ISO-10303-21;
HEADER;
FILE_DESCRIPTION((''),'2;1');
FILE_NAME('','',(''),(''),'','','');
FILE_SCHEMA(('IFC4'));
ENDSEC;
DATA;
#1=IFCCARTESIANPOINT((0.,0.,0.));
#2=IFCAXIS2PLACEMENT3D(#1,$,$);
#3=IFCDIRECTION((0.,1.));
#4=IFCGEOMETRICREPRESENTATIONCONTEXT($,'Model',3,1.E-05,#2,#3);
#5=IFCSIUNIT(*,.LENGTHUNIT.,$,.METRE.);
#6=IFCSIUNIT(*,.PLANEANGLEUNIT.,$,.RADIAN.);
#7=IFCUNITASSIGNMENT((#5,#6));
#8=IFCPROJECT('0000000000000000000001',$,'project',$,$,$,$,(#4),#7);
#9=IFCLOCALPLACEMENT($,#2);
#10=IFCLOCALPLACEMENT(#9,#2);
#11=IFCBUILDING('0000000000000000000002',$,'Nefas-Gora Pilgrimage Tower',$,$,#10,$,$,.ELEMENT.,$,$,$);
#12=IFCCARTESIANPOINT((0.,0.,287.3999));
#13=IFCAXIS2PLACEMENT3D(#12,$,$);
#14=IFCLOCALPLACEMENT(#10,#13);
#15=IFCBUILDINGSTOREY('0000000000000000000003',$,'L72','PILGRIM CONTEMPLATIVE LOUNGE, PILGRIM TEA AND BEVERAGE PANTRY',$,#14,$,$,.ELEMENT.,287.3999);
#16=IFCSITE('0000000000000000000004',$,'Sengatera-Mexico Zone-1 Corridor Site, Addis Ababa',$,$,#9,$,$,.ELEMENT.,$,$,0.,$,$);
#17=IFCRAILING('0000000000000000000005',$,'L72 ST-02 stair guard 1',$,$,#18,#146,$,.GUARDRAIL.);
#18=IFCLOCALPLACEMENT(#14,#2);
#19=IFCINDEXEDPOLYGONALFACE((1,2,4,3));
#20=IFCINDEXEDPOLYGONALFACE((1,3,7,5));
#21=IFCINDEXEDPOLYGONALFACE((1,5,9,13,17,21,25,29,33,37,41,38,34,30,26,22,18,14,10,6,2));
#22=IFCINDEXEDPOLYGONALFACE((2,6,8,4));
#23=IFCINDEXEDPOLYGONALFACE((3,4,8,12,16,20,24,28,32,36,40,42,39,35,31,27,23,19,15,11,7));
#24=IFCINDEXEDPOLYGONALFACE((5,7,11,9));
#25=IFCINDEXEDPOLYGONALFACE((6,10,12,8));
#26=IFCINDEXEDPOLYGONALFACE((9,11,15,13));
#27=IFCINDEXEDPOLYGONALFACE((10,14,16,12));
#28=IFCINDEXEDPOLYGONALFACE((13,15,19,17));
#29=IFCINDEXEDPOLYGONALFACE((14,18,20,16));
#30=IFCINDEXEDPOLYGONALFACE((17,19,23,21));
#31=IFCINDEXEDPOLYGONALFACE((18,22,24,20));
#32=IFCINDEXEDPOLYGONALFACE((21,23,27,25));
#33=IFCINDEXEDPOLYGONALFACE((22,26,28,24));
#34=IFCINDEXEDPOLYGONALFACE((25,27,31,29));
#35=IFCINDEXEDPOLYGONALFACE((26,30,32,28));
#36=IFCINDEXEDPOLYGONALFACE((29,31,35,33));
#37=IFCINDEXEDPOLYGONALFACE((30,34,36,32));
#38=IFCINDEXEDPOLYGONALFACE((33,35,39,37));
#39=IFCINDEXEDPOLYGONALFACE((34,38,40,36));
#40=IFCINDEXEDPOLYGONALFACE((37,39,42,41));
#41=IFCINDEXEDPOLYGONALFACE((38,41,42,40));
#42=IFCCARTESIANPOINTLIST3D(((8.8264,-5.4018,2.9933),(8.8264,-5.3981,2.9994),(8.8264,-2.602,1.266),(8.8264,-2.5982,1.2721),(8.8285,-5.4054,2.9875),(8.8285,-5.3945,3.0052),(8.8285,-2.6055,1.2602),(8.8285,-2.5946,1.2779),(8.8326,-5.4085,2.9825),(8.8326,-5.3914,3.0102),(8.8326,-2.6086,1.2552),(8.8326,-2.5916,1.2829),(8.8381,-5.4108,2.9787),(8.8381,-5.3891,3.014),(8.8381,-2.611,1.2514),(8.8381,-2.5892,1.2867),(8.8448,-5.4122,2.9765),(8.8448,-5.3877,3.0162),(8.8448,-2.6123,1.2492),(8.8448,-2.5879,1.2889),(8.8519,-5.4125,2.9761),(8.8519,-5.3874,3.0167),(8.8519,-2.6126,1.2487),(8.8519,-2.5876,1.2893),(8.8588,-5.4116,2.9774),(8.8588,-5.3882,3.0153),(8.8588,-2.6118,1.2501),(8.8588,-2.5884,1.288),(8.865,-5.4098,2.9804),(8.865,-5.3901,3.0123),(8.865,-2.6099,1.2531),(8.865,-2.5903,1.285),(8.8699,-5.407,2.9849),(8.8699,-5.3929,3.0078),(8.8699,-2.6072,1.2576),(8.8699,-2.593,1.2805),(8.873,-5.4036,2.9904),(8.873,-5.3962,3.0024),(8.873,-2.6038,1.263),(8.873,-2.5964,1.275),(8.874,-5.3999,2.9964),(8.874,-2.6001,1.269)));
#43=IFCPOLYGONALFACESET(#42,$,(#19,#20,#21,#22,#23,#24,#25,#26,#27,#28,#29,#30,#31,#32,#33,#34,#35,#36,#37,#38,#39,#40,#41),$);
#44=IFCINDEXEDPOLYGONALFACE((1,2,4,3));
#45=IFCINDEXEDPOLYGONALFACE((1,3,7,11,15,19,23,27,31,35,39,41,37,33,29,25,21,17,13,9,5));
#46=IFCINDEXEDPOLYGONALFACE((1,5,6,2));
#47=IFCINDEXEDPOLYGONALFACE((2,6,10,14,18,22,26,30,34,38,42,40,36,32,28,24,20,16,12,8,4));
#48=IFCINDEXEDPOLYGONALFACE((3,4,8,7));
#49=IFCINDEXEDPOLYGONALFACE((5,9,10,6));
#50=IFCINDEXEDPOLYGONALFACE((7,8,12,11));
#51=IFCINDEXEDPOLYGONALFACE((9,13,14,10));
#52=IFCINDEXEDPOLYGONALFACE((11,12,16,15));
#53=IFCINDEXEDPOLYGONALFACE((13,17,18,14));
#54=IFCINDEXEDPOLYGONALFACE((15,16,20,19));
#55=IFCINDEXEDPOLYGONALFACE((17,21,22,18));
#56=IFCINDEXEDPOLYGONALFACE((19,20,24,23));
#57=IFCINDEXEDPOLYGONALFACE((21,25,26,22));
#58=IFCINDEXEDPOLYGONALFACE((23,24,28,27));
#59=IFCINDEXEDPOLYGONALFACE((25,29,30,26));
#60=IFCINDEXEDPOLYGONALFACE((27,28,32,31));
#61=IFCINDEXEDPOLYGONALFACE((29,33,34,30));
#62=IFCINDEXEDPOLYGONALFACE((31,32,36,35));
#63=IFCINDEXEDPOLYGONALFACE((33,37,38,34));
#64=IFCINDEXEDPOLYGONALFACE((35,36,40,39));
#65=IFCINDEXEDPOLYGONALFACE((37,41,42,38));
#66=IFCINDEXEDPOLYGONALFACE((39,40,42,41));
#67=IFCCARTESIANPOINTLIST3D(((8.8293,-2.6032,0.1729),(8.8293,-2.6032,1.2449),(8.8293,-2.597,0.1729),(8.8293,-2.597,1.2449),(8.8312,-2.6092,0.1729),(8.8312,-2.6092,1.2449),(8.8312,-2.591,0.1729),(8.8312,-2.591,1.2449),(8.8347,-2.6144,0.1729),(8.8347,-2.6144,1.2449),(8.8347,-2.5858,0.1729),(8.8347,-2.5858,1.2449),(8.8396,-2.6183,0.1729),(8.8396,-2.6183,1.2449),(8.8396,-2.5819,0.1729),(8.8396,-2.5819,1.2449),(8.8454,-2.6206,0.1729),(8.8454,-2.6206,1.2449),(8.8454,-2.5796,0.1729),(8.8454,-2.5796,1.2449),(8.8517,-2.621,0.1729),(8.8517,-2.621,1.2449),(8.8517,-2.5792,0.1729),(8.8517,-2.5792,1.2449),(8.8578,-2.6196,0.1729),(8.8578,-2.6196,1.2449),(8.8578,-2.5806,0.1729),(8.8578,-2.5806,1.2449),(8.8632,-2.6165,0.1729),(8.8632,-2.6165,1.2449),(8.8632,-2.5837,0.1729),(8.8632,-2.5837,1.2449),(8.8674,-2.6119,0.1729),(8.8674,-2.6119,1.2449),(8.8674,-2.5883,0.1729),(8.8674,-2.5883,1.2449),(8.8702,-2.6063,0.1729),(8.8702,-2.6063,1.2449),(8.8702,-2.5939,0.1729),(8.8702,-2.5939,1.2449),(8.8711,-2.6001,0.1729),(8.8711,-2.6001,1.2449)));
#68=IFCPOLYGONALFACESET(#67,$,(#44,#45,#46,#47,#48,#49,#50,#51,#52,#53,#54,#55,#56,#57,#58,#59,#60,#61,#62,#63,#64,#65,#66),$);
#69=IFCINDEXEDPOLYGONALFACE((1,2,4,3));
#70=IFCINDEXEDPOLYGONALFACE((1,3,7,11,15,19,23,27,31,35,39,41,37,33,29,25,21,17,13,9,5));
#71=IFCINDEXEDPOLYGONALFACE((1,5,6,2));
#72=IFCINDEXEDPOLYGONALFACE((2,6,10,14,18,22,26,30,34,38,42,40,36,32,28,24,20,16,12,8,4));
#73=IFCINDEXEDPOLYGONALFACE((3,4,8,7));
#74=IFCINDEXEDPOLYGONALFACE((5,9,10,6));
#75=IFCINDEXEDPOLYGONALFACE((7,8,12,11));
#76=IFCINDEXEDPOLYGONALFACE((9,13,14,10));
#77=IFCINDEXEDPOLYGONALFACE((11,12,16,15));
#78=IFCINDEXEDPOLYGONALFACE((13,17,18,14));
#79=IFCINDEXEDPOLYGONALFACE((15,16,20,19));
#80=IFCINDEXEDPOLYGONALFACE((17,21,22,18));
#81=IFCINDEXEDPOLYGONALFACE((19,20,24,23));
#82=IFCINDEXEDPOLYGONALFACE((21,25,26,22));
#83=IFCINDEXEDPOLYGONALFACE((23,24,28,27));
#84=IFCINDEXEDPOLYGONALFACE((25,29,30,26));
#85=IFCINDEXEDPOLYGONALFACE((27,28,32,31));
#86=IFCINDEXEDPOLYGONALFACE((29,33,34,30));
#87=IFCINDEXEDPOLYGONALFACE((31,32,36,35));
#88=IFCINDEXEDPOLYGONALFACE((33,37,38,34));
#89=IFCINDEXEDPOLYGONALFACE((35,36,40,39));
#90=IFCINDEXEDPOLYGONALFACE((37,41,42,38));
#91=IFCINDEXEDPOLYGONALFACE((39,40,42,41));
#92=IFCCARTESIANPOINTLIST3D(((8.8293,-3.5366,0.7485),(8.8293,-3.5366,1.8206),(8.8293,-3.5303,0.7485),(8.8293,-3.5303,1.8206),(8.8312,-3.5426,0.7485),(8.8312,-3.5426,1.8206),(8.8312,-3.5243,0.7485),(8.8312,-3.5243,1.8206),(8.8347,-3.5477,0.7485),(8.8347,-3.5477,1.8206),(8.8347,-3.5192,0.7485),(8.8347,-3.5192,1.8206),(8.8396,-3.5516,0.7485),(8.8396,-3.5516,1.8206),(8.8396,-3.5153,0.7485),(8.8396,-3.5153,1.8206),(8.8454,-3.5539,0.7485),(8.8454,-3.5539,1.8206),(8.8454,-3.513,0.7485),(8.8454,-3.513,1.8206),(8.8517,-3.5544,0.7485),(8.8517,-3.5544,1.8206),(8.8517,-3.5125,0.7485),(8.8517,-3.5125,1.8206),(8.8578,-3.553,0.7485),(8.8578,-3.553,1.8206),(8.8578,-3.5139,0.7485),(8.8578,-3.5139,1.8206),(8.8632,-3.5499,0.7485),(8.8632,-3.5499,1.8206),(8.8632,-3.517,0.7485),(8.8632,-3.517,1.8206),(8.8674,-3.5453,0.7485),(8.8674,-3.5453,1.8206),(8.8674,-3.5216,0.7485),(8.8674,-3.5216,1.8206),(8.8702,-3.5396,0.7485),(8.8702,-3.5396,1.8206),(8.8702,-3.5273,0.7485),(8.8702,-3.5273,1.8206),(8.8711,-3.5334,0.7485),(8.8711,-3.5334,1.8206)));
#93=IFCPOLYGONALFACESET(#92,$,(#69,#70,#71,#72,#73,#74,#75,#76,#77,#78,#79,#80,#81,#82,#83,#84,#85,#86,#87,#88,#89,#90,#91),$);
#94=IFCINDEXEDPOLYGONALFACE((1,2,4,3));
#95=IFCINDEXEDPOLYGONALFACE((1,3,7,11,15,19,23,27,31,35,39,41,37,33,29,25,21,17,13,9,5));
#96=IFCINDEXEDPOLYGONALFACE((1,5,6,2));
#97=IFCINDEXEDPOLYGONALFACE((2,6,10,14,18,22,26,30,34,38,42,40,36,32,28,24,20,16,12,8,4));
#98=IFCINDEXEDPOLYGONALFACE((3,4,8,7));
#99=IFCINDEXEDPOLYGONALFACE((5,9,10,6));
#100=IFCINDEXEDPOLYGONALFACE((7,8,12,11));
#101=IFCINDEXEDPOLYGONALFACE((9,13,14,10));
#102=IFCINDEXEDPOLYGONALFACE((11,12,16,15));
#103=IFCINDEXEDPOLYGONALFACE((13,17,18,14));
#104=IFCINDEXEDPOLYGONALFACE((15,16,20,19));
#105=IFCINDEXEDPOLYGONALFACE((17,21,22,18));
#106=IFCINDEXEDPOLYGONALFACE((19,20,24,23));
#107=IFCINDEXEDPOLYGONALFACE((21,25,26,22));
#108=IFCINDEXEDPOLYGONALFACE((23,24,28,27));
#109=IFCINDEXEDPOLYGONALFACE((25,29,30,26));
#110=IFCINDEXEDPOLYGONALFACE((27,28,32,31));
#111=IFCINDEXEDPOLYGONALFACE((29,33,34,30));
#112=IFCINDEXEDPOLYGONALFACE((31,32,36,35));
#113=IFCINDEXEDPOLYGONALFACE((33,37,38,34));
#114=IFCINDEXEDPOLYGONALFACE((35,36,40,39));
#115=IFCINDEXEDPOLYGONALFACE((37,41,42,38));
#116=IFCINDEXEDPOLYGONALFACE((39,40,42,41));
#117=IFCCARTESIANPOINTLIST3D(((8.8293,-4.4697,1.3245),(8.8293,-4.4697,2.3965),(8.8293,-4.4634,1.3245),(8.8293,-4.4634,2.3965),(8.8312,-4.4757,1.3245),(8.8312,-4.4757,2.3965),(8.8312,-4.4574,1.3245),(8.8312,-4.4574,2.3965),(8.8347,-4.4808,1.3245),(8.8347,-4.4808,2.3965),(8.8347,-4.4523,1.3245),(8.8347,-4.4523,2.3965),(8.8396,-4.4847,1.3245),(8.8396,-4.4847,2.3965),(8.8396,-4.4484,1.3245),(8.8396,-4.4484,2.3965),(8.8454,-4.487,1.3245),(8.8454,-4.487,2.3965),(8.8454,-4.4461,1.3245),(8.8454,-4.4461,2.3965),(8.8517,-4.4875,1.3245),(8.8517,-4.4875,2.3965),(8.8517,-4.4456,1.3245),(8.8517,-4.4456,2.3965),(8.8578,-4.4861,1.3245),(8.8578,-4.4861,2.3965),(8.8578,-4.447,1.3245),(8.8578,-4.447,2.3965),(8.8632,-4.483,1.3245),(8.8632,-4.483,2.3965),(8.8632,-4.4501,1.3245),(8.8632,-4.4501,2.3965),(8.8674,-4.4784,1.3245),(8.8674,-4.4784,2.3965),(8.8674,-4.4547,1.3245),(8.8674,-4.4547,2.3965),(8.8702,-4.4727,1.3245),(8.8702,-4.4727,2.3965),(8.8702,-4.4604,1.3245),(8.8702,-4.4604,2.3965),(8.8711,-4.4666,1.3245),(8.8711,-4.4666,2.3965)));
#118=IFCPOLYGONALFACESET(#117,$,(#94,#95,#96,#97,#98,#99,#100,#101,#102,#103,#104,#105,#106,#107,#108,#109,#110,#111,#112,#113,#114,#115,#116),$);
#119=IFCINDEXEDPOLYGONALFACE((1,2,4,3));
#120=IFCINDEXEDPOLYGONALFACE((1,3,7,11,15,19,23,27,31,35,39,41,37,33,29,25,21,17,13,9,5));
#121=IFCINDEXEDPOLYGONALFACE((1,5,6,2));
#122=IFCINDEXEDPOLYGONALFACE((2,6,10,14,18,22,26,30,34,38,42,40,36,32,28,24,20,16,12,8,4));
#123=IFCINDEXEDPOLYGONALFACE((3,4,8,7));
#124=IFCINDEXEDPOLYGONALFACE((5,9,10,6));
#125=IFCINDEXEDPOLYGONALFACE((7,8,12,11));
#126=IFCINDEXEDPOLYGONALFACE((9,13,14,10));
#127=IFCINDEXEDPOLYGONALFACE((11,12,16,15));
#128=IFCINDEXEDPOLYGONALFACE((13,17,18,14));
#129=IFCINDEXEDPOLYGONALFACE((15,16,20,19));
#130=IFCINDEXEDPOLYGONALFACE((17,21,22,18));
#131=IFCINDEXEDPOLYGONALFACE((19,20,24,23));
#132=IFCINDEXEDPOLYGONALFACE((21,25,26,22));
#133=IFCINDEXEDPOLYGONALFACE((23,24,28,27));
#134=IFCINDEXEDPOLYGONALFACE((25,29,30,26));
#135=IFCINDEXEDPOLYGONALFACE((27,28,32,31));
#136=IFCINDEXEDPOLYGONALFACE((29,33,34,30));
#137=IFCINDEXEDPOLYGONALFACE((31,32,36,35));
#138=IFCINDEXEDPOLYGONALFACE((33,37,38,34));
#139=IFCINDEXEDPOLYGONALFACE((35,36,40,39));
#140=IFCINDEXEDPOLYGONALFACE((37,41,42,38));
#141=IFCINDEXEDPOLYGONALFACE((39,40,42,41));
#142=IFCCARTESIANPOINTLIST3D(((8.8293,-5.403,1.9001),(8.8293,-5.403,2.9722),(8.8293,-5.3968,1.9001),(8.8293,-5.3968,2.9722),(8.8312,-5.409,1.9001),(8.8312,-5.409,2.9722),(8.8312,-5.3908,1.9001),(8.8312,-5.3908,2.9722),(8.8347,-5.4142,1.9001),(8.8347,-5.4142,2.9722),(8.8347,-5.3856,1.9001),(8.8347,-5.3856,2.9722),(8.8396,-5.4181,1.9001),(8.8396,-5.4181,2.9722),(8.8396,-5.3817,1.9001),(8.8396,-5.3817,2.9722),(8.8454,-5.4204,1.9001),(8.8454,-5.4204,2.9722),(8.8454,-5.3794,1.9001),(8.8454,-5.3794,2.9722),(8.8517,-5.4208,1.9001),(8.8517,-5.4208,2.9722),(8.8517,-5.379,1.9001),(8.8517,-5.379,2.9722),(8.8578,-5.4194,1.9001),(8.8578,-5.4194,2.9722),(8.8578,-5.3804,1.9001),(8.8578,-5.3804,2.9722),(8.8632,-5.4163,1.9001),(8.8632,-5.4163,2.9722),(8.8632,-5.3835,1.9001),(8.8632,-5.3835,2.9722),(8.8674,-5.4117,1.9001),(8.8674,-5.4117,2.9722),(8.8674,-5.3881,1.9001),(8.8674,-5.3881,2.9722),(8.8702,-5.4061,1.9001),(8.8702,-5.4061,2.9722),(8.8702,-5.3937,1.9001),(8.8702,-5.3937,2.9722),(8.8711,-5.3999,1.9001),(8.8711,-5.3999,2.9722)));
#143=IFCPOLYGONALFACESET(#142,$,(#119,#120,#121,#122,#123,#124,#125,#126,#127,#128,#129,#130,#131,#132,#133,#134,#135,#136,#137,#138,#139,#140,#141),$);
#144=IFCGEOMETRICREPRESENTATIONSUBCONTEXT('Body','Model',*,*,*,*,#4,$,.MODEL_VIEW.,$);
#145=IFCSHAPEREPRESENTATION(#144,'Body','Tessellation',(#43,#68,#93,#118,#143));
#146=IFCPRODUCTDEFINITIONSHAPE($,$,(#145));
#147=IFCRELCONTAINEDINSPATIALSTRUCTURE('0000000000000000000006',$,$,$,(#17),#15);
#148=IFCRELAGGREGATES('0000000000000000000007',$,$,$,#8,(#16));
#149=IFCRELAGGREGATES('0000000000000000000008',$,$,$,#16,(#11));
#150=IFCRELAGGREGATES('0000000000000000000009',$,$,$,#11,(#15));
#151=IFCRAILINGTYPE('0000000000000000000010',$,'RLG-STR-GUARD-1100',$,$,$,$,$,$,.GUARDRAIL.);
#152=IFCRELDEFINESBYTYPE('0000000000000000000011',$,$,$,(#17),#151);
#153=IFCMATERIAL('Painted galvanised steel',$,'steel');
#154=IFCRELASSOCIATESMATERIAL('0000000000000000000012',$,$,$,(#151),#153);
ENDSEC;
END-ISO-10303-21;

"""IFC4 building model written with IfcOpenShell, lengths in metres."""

from ifc_helpers import new_model, si_unit, direction, frame, origin, origin_2d, place, context, subcontext, project, spatial, circle, extrude, material, type_object, element, save


model = new_model("IFC4")

# Units and contexts
model_context = context("Model", 3, precision=1e-05, world=origin(), true_north=direction((0.0, 1.0)))
body_context = subcontext(model_context, "Body", "Model", "MODEL_VIEW")
ifc_project = project(units=[si_unit("LENGTHUNIT", "METRE"), si_unit("PLANEANGLEUNIT", "RADIAN")], contexts=[model_context])

# Site, building, storey
site_placement = place(None, origin())
site = spatial("IfcSite", under=ifc_project, at=site_placement, Name="Sengatera-Mexico Zone-1 Corridor Site, Addis Ababa", CompositionType="ELEMENT", RefElevation=0.0)
building_placement = place(site_placement, origin())
building = spatial("IfcBuilding", under=site, at=building_placement, Name="Nefas-Gora Pilgrimage Tower", CompositionType="ELEMENT")
storey_placement = place(building_placement, frame((0.0, 0.0, 287.3999)))
storey = spatial("IfcBuildingStorey", under=building, at=storey_placement, Name="L72", Description="PILGRIM CONTEMPLATIVE LOUNGE, PILGRIM TEA AND BEVERAGE PANTRY", CompositionType="ELEMENT", Elevation=287.3999)

# Railing
ifc_material_1 = material(Name="Painted galvanised steel", Category="steel")
railing_type_1 = type_object("IfcRailingType", Name="RLG-STR-GUARD-1100", PredefinedType="GUARDRAIL", material=ifc_material_1)
railing_1_placement = place(storey_placement, frame((8.8501, -2.6001, 0.1729)))
element("IfcRailing", 1, at=railing_1_placement, inside=storey, type_object=railing_type_1, Name="L72 ST-02 stair guard 1", PredefinedType="GUARDRAIL", context=body_context, shape_type="SweptSolid", body=[
    extrude(circle(Radius=0.0239, at=origin_2d()), frame((0.0, 0.0, 1.0962), z_axis=(0.0, -0.851069, 0.525054), x_axis=(1.0, 0.0, 0.0)), (0.0, 0.0, 1.0), 3.2898),
    extrude(circle(Radius=0.021, at=origin_2d()), origin(), (0.0, 0.0, 1.0), 1.072),
    extrude(circle(Radius=0.021, at=origin_2d()), frame((0.0, -0.9333, 0.5757)), (0.0, 0.0, 1.0), 1.072),
    extrude(circle(Radius=0.021, at=origin_2d()), frame((0.0, -1.8665, 1.1516)), (0.0, 0.0, 1.0), 1.072),
    extrude(circle(Radius=0.021, at=origin_2d()), frame((0.0, -2.7998, 1.7273)), (0.0, 0.0, 1.0), 1.072),
])

save(model, "model.ifc")
